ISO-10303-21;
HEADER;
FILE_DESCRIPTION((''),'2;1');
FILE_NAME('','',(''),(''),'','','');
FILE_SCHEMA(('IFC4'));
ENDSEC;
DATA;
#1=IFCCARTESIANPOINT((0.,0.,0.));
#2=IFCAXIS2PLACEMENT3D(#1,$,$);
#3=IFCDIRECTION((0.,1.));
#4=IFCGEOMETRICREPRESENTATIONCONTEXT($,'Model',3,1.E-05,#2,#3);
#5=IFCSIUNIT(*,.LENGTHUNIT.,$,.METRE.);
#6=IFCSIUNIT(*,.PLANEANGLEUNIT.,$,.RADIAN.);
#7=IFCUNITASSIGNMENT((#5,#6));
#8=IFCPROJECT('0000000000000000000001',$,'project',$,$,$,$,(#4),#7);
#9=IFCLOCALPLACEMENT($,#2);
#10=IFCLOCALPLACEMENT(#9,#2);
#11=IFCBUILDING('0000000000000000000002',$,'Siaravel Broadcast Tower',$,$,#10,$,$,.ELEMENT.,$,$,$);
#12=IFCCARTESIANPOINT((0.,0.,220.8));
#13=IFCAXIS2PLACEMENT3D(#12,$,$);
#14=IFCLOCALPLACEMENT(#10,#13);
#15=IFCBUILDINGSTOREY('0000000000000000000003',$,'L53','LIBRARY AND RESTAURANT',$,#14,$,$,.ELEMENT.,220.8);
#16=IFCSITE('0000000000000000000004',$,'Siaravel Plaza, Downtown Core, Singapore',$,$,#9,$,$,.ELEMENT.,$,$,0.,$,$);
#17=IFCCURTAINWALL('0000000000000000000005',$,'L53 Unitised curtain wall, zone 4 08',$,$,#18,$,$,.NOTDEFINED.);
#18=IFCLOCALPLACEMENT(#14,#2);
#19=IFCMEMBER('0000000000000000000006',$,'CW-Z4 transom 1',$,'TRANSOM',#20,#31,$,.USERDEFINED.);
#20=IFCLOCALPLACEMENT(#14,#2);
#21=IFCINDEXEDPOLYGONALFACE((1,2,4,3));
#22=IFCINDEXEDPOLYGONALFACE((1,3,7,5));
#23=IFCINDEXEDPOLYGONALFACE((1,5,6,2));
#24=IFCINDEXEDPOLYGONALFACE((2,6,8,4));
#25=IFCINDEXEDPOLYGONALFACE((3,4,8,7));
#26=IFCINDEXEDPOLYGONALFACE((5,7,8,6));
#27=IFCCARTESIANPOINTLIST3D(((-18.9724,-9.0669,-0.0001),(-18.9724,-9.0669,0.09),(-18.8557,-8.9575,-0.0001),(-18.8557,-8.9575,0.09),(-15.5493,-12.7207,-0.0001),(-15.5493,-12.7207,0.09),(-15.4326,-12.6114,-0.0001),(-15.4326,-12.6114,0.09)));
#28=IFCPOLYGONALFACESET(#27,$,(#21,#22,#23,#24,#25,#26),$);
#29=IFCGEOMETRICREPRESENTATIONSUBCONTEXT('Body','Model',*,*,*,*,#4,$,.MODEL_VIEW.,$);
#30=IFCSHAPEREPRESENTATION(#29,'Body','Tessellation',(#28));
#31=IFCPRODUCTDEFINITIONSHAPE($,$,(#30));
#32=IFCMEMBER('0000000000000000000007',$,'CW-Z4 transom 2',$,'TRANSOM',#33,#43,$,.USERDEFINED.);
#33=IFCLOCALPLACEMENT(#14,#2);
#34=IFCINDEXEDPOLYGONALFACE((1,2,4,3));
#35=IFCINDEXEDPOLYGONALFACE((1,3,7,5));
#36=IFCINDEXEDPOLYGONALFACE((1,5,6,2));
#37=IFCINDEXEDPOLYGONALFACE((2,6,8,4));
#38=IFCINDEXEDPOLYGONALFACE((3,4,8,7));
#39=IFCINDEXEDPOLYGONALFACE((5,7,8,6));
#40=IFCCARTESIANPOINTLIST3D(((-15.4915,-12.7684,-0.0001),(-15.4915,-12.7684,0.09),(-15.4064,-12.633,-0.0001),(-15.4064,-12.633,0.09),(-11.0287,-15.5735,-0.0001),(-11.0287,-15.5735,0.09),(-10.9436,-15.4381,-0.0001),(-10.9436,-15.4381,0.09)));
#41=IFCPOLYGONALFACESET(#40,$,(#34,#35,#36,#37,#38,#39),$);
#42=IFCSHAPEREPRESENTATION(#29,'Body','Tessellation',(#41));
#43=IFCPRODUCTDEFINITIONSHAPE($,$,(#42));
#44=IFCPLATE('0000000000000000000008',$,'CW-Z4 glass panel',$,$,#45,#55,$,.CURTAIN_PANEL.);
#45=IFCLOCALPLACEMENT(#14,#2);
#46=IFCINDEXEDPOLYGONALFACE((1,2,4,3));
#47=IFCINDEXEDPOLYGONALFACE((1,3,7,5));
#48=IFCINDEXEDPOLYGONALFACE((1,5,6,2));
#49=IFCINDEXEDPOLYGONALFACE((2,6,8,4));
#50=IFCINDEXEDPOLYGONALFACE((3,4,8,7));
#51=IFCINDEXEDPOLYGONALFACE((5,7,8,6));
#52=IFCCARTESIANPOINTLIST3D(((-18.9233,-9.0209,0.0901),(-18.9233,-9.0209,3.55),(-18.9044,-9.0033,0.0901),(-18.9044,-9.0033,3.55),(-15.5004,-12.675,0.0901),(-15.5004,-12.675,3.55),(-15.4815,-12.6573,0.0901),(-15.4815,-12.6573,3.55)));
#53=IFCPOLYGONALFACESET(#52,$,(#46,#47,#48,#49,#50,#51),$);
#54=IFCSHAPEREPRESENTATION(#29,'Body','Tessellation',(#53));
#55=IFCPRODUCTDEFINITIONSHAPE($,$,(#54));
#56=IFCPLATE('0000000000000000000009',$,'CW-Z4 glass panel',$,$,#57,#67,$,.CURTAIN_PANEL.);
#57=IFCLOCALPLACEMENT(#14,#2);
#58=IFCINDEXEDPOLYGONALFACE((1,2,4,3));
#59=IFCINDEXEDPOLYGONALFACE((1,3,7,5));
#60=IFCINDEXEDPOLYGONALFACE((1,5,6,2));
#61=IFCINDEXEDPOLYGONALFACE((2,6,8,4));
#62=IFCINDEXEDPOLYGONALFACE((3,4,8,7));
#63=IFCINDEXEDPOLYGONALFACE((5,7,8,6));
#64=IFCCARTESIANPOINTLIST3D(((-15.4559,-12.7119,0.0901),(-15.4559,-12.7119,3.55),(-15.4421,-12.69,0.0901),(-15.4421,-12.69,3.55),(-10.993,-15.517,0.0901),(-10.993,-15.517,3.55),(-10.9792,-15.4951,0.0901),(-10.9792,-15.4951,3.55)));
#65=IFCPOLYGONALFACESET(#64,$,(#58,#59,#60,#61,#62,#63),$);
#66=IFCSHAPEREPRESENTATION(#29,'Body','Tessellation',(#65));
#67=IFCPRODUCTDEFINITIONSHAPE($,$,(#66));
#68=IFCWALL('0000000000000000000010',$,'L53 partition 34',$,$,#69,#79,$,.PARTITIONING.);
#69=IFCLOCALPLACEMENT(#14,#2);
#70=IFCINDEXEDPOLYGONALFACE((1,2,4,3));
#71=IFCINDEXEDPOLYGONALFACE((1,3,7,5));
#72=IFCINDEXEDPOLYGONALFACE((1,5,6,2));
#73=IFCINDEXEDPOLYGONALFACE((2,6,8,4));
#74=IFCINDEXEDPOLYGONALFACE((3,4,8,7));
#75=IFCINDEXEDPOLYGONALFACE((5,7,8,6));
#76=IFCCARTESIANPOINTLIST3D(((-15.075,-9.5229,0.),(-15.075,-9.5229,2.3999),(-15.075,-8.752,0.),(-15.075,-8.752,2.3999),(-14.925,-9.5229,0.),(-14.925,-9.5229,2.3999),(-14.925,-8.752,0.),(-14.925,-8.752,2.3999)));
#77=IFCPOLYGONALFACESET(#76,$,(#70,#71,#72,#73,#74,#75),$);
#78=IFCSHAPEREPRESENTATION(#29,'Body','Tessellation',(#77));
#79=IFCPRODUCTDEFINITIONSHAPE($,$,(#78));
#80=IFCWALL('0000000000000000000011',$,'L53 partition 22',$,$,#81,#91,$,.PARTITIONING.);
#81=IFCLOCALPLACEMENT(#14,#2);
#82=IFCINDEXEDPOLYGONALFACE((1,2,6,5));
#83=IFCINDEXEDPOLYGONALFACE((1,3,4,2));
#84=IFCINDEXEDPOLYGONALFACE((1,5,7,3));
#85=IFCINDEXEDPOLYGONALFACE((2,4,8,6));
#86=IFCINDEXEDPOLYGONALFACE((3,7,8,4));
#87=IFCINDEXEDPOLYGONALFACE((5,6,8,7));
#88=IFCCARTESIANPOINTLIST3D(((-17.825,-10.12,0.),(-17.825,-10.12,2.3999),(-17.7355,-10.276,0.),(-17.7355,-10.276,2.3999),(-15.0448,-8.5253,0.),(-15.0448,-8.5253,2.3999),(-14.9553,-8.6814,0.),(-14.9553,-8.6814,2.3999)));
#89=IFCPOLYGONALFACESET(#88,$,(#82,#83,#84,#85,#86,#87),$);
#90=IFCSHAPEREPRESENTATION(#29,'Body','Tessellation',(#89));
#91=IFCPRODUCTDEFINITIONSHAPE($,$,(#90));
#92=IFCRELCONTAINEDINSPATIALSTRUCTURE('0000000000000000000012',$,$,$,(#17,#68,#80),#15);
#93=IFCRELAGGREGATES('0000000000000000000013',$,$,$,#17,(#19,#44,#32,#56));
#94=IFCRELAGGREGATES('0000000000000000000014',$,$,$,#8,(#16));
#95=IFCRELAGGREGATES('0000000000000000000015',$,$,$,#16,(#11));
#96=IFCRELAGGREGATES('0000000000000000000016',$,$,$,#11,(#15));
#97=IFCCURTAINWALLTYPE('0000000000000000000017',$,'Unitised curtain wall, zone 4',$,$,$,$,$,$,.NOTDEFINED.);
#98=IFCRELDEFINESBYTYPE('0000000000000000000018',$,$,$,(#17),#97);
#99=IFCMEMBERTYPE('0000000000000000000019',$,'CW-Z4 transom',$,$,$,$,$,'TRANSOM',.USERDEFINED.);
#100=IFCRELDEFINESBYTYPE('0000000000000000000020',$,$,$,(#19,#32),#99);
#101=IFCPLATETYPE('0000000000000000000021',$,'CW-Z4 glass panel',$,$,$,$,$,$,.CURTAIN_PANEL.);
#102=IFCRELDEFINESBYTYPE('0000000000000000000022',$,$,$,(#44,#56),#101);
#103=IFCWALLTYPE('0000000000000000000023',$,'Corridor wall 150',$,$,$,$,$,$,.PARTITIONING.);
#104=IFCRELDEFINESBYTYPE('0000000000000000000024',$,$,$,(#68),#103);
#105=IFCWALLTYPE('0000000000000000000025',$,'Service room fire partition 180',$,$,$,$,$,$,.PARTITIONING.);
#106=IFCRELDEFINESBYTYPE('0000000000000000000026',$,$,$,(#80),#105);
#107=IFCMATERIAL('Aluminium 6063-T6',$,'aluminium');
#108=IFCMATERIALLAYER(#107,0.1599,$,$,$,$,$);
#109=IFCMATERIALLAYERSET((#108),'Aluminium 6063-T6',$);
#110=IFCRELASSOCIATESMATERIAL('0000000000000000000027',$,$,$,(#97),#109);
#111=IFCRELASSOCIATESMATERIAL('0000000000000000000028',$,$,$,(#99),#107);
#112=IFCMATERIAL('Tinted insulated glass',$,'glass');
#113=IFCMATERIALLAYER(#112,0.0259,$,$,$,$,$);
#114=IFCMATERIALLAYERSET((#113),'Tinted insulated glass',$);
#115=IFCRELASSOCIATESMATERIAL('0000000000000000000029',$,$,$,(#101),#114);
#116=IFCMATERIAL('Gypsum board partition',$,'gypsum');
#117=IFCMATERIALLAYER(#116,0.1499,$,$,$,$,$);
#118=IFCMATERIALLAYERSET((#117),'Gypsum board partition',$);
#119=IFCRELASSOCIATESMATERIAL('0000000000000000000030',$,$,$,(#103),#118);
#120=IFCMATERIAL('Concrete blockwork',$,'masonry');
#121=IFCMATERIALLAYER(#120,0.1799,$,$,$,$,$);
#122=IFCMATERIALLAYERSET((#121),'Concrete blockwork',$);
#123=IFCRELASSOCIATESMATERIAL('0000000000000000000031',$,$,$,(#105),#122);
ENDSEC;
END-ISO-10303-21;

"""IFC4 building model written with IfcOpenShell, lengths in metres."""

from ifc_helpers import new_model, si_unit, direction, frame, frame_2d, origin, origin_2d, place, context, subcontext, project, spatial, rectangle, extrude, material, layer, layer_set, material_profile, profile_set, type_object, element, aggregate, save


model = new_model("IFC4")

# Units and contexts
model_context = context("Model", 3, precision=1e-05, world=origin(), true_north=direction((0.0, 1.0)))
body_context = subcontext(model_context, "Body", "Model", "MODEL_VIEW")
ifc_project = project(units=[si_unit("LENGTHUNIT", "METRE"), si_unit("PLANEANGLEUNIT", "RADIAN")], contexts=[model_context])

# Site, building, storey
site_placement = place(None, origin())
site = spatial("IfcSite", under=ifc_project, at=site_placement, Name="Siaravel Plaza, Downtown Core, Singapore", CompositionType="ELEMENT", RefElevation=0.0)
building_placement = place(site_placement, origin())
building = spatial("IfcBuilding", under=site, at=building_placement, Name="Siaravel Broadcast Tower", CompositionType="ELEMENT")
storey_placement = place(building_placement, frame((0.0, 0.0, 220.8)))
storey = spatial("IfcBuildingStorey", under=building, at=storey_placement, Name="L53", Description="LIBRARY AND RESTAURANT", CompositionType="ELEMENT", Elevation=220.8)

# Shared definitions
ifc_material_1 = material(Name="Aluminium 6063-T6", Category="aluminium")
ifc_layer_1 = layer(ifc_material_1, 0.1599)
ifc_layer_set_1 = layer_set([ifc_layer_1], Name="Aluminium 6063-T6")
curtain_wall_type = type_object("IfcCurtainWallType", Name="Unitised curtain wall, zone 4", PredefinedType="NOTDEFINED", material=ifc_layer_set_1)

# Curtain wall, members, plates
curtain_wall_1_placement = place(storey_placement, origin())
curtain_wall_1 = element("IfcCurtainWall", 1, at=curtain_wall_1_placement, inside=storey, type_object=curtain_wall_type, Name="L53 Unitised curtain wall, zone 4 08", PredefinedType="NOTDEFINED")
ifc_material_profile_1 = material_profile(ifc_material_1, rectangle(XDim=0.1599, YDim=0.0901, at=origin_2d()))
ifc_profile_set_1 = profile_set([ifc_material_profile_1], Name="Aluminium 6063-T6")
member_type_1 = type_object("IfcMemberType", Name="CW-Z4 transom", ElementType="TRANSOM", PredefinedType="USERDEFINED", material=ifc_profile_set_1)
member_1_placement = place(storey_placement, frame((-18.9141, -9.0122, 0.0449), z_axis=(0.683691, -0.729771, 0.0), x_axis=(0.729771, 0.683691, 0.0)))
member_1 = element("IfcMember", 2, at=member_1_placement, type_object=member_type_1, Name="CW-Z4 transom 1", ObjectType="TRANSOM", PredefinedType="USERDEFINED", context=body_context, shape_type="SweptSolid", body=[
    extrude(rectangle(XDim=0.1599, YDim=0.0901, at=origin_2d()), origin(), (0.0, 0.0, 1.0), 5.0068),
])
member_2_placement = place(storey_placement, frame((-15.449, -12.7007, 0.0449), z_axis=(0.846643, -0.532162, 0.0), x_axis=(0.532162, 0.846643, 0.0)))
member_2 = element("IfcMember", 3, at=member_2_placement, type_object=member_type_1, Name="CW-Z4 transom 2", ObjectType="TRANSOM", PredefinedType="USERDEFINED", context=body_context, shape_type="SweptSolid", body=[
    extrude(rectangle(XDim=0.1599, YDim=0.0901, at=origin_2d()), origin(), (0.0, 0.0, 1.0), 5.2712),
])
ifc_material_2 = material(Name="Tinted insulated glass", Category="glass")
ifc_layer_2 = layer(ifc_material_2, 0.0259)
ifc_layer_set_2 = layer_set([ifc_layer_2], Name="Tinted insulated glass")
plate_type = type_object("IfcPlateType", Name="CW-Z4 glass panel", PredefinedType="CURTAIN_PANEL", material=ifc_layer_set_2)
plate_1_placement = place(storey_placement, frame((-17.2024, -10.8391, 0.0901), z_axis=(0.0, 0.0, 1.0), x_axis=(0.683654, -0.729806, 0.0)))
plate_1 = element("IfcPlate", 4, at=plate_1_placement, type_object=plate_type, Name="CW-Z4 glass panel", PredefinedType="CURTAIN_PANEL", context=body_context, shape_type="SweptSolid", body=[
    extrude(rectangle(XDim=5.0068, YDim=0.0259, at=origin_2d()), origin(), (0.0, 0.0, 1.0), 3.46),
])
plate_2_placement = place(storey_placement, frame((-13.2175, -14.1035, 0.0901), z_axis=(0.0, 0.0, 1.0), x_axis=(0.84665, -0.53215, 0.0)))
plate_2 = element("IfcPlate", 5, at=plate_2_placement, type_object=plate_type, Name="CW-Z4 glass panel", PredefinedType="CURTAIN_PANEL", context=body_context, shape_type="SweptSolid", body=[
    extrude(rectangle(XDim=5.2712, YDim=0.0259, at=origin_2d()), origin(), (0.0, 0.0, 1.0), 3.46),
])
aggregate(curtain_wall_1, [member_1, plate_1, member_2, plate_2])

# Shared definitions
ifc_material_3 = material(Name="Gypsum board partition", Category="gypsum")
ifc_layer_3 = layer(ifc_material_3, 0.1499)
ifc_layer_set_3 = layer_set([ifc_layer_3], Name="Gypsum board partition")
wall_type_1 = type_object("IfcWallType", Name="Corridor wall 150", PredefinedType="PARTITIONING", material=ifc_layer_set_3)

# Walls
wall_1_placement = place(storey_placement, frame((-15.0, -8.752, 0.0), z_axis=(0.0, 0.0, 1.0), x_axis=(0.0, -1.0, 0.0)))
element("IfcWall", 6, at=wall_1_placement, inside=storey, type_object=wall_type_1, Name="L53 partition 34", PredefinedType="PARTITIONING", context=body_context, shape_type="SweptSolid", body=[
    extrude(rectangle(XDim=0.771, YDim=0.1499, at=frame_2d((0.3855, 0.0))), origin(), (0.0, 0.0, 1.0), 2.3999),
])
ifc_material_4 = material(Name="Concrete blockwork", Category="masonry")
ifc_layer_4 = layer(ifc_material_4, 0.1799)
ifc_layer_set_4 = layer_set([ifc_layer_4], Name="Concrete blockwork")
wall_type_2 = type_object("IfcWallType", Name="Service room fire partition 180", PredefinedType="PARTITIONING", material=ifc_layer_set_4)
wall_2_placement = place(storey_placement, frame((-17.7803, -10.198, 0.0), z_axis=(0.0, 0.0, 1.0), x_axis=(0.867436, 0.497549, 0.0)))
element("IfcWall", 7, at=wall_2_placement, inside=storey, type_object=wall_type_2, Name="L53 partition 22", PredefinedType="PARTITIONING", context=body_context, shape_type="SweptSolid", body=[
    extrude(rectangle(XDim=3.2051, YDim=0.1799, at=frame_2d((1.6025, 0.0))), origin(), (0.0, 0.0, 1.0), 2.3999),
])

save(model, "model.ifc")
